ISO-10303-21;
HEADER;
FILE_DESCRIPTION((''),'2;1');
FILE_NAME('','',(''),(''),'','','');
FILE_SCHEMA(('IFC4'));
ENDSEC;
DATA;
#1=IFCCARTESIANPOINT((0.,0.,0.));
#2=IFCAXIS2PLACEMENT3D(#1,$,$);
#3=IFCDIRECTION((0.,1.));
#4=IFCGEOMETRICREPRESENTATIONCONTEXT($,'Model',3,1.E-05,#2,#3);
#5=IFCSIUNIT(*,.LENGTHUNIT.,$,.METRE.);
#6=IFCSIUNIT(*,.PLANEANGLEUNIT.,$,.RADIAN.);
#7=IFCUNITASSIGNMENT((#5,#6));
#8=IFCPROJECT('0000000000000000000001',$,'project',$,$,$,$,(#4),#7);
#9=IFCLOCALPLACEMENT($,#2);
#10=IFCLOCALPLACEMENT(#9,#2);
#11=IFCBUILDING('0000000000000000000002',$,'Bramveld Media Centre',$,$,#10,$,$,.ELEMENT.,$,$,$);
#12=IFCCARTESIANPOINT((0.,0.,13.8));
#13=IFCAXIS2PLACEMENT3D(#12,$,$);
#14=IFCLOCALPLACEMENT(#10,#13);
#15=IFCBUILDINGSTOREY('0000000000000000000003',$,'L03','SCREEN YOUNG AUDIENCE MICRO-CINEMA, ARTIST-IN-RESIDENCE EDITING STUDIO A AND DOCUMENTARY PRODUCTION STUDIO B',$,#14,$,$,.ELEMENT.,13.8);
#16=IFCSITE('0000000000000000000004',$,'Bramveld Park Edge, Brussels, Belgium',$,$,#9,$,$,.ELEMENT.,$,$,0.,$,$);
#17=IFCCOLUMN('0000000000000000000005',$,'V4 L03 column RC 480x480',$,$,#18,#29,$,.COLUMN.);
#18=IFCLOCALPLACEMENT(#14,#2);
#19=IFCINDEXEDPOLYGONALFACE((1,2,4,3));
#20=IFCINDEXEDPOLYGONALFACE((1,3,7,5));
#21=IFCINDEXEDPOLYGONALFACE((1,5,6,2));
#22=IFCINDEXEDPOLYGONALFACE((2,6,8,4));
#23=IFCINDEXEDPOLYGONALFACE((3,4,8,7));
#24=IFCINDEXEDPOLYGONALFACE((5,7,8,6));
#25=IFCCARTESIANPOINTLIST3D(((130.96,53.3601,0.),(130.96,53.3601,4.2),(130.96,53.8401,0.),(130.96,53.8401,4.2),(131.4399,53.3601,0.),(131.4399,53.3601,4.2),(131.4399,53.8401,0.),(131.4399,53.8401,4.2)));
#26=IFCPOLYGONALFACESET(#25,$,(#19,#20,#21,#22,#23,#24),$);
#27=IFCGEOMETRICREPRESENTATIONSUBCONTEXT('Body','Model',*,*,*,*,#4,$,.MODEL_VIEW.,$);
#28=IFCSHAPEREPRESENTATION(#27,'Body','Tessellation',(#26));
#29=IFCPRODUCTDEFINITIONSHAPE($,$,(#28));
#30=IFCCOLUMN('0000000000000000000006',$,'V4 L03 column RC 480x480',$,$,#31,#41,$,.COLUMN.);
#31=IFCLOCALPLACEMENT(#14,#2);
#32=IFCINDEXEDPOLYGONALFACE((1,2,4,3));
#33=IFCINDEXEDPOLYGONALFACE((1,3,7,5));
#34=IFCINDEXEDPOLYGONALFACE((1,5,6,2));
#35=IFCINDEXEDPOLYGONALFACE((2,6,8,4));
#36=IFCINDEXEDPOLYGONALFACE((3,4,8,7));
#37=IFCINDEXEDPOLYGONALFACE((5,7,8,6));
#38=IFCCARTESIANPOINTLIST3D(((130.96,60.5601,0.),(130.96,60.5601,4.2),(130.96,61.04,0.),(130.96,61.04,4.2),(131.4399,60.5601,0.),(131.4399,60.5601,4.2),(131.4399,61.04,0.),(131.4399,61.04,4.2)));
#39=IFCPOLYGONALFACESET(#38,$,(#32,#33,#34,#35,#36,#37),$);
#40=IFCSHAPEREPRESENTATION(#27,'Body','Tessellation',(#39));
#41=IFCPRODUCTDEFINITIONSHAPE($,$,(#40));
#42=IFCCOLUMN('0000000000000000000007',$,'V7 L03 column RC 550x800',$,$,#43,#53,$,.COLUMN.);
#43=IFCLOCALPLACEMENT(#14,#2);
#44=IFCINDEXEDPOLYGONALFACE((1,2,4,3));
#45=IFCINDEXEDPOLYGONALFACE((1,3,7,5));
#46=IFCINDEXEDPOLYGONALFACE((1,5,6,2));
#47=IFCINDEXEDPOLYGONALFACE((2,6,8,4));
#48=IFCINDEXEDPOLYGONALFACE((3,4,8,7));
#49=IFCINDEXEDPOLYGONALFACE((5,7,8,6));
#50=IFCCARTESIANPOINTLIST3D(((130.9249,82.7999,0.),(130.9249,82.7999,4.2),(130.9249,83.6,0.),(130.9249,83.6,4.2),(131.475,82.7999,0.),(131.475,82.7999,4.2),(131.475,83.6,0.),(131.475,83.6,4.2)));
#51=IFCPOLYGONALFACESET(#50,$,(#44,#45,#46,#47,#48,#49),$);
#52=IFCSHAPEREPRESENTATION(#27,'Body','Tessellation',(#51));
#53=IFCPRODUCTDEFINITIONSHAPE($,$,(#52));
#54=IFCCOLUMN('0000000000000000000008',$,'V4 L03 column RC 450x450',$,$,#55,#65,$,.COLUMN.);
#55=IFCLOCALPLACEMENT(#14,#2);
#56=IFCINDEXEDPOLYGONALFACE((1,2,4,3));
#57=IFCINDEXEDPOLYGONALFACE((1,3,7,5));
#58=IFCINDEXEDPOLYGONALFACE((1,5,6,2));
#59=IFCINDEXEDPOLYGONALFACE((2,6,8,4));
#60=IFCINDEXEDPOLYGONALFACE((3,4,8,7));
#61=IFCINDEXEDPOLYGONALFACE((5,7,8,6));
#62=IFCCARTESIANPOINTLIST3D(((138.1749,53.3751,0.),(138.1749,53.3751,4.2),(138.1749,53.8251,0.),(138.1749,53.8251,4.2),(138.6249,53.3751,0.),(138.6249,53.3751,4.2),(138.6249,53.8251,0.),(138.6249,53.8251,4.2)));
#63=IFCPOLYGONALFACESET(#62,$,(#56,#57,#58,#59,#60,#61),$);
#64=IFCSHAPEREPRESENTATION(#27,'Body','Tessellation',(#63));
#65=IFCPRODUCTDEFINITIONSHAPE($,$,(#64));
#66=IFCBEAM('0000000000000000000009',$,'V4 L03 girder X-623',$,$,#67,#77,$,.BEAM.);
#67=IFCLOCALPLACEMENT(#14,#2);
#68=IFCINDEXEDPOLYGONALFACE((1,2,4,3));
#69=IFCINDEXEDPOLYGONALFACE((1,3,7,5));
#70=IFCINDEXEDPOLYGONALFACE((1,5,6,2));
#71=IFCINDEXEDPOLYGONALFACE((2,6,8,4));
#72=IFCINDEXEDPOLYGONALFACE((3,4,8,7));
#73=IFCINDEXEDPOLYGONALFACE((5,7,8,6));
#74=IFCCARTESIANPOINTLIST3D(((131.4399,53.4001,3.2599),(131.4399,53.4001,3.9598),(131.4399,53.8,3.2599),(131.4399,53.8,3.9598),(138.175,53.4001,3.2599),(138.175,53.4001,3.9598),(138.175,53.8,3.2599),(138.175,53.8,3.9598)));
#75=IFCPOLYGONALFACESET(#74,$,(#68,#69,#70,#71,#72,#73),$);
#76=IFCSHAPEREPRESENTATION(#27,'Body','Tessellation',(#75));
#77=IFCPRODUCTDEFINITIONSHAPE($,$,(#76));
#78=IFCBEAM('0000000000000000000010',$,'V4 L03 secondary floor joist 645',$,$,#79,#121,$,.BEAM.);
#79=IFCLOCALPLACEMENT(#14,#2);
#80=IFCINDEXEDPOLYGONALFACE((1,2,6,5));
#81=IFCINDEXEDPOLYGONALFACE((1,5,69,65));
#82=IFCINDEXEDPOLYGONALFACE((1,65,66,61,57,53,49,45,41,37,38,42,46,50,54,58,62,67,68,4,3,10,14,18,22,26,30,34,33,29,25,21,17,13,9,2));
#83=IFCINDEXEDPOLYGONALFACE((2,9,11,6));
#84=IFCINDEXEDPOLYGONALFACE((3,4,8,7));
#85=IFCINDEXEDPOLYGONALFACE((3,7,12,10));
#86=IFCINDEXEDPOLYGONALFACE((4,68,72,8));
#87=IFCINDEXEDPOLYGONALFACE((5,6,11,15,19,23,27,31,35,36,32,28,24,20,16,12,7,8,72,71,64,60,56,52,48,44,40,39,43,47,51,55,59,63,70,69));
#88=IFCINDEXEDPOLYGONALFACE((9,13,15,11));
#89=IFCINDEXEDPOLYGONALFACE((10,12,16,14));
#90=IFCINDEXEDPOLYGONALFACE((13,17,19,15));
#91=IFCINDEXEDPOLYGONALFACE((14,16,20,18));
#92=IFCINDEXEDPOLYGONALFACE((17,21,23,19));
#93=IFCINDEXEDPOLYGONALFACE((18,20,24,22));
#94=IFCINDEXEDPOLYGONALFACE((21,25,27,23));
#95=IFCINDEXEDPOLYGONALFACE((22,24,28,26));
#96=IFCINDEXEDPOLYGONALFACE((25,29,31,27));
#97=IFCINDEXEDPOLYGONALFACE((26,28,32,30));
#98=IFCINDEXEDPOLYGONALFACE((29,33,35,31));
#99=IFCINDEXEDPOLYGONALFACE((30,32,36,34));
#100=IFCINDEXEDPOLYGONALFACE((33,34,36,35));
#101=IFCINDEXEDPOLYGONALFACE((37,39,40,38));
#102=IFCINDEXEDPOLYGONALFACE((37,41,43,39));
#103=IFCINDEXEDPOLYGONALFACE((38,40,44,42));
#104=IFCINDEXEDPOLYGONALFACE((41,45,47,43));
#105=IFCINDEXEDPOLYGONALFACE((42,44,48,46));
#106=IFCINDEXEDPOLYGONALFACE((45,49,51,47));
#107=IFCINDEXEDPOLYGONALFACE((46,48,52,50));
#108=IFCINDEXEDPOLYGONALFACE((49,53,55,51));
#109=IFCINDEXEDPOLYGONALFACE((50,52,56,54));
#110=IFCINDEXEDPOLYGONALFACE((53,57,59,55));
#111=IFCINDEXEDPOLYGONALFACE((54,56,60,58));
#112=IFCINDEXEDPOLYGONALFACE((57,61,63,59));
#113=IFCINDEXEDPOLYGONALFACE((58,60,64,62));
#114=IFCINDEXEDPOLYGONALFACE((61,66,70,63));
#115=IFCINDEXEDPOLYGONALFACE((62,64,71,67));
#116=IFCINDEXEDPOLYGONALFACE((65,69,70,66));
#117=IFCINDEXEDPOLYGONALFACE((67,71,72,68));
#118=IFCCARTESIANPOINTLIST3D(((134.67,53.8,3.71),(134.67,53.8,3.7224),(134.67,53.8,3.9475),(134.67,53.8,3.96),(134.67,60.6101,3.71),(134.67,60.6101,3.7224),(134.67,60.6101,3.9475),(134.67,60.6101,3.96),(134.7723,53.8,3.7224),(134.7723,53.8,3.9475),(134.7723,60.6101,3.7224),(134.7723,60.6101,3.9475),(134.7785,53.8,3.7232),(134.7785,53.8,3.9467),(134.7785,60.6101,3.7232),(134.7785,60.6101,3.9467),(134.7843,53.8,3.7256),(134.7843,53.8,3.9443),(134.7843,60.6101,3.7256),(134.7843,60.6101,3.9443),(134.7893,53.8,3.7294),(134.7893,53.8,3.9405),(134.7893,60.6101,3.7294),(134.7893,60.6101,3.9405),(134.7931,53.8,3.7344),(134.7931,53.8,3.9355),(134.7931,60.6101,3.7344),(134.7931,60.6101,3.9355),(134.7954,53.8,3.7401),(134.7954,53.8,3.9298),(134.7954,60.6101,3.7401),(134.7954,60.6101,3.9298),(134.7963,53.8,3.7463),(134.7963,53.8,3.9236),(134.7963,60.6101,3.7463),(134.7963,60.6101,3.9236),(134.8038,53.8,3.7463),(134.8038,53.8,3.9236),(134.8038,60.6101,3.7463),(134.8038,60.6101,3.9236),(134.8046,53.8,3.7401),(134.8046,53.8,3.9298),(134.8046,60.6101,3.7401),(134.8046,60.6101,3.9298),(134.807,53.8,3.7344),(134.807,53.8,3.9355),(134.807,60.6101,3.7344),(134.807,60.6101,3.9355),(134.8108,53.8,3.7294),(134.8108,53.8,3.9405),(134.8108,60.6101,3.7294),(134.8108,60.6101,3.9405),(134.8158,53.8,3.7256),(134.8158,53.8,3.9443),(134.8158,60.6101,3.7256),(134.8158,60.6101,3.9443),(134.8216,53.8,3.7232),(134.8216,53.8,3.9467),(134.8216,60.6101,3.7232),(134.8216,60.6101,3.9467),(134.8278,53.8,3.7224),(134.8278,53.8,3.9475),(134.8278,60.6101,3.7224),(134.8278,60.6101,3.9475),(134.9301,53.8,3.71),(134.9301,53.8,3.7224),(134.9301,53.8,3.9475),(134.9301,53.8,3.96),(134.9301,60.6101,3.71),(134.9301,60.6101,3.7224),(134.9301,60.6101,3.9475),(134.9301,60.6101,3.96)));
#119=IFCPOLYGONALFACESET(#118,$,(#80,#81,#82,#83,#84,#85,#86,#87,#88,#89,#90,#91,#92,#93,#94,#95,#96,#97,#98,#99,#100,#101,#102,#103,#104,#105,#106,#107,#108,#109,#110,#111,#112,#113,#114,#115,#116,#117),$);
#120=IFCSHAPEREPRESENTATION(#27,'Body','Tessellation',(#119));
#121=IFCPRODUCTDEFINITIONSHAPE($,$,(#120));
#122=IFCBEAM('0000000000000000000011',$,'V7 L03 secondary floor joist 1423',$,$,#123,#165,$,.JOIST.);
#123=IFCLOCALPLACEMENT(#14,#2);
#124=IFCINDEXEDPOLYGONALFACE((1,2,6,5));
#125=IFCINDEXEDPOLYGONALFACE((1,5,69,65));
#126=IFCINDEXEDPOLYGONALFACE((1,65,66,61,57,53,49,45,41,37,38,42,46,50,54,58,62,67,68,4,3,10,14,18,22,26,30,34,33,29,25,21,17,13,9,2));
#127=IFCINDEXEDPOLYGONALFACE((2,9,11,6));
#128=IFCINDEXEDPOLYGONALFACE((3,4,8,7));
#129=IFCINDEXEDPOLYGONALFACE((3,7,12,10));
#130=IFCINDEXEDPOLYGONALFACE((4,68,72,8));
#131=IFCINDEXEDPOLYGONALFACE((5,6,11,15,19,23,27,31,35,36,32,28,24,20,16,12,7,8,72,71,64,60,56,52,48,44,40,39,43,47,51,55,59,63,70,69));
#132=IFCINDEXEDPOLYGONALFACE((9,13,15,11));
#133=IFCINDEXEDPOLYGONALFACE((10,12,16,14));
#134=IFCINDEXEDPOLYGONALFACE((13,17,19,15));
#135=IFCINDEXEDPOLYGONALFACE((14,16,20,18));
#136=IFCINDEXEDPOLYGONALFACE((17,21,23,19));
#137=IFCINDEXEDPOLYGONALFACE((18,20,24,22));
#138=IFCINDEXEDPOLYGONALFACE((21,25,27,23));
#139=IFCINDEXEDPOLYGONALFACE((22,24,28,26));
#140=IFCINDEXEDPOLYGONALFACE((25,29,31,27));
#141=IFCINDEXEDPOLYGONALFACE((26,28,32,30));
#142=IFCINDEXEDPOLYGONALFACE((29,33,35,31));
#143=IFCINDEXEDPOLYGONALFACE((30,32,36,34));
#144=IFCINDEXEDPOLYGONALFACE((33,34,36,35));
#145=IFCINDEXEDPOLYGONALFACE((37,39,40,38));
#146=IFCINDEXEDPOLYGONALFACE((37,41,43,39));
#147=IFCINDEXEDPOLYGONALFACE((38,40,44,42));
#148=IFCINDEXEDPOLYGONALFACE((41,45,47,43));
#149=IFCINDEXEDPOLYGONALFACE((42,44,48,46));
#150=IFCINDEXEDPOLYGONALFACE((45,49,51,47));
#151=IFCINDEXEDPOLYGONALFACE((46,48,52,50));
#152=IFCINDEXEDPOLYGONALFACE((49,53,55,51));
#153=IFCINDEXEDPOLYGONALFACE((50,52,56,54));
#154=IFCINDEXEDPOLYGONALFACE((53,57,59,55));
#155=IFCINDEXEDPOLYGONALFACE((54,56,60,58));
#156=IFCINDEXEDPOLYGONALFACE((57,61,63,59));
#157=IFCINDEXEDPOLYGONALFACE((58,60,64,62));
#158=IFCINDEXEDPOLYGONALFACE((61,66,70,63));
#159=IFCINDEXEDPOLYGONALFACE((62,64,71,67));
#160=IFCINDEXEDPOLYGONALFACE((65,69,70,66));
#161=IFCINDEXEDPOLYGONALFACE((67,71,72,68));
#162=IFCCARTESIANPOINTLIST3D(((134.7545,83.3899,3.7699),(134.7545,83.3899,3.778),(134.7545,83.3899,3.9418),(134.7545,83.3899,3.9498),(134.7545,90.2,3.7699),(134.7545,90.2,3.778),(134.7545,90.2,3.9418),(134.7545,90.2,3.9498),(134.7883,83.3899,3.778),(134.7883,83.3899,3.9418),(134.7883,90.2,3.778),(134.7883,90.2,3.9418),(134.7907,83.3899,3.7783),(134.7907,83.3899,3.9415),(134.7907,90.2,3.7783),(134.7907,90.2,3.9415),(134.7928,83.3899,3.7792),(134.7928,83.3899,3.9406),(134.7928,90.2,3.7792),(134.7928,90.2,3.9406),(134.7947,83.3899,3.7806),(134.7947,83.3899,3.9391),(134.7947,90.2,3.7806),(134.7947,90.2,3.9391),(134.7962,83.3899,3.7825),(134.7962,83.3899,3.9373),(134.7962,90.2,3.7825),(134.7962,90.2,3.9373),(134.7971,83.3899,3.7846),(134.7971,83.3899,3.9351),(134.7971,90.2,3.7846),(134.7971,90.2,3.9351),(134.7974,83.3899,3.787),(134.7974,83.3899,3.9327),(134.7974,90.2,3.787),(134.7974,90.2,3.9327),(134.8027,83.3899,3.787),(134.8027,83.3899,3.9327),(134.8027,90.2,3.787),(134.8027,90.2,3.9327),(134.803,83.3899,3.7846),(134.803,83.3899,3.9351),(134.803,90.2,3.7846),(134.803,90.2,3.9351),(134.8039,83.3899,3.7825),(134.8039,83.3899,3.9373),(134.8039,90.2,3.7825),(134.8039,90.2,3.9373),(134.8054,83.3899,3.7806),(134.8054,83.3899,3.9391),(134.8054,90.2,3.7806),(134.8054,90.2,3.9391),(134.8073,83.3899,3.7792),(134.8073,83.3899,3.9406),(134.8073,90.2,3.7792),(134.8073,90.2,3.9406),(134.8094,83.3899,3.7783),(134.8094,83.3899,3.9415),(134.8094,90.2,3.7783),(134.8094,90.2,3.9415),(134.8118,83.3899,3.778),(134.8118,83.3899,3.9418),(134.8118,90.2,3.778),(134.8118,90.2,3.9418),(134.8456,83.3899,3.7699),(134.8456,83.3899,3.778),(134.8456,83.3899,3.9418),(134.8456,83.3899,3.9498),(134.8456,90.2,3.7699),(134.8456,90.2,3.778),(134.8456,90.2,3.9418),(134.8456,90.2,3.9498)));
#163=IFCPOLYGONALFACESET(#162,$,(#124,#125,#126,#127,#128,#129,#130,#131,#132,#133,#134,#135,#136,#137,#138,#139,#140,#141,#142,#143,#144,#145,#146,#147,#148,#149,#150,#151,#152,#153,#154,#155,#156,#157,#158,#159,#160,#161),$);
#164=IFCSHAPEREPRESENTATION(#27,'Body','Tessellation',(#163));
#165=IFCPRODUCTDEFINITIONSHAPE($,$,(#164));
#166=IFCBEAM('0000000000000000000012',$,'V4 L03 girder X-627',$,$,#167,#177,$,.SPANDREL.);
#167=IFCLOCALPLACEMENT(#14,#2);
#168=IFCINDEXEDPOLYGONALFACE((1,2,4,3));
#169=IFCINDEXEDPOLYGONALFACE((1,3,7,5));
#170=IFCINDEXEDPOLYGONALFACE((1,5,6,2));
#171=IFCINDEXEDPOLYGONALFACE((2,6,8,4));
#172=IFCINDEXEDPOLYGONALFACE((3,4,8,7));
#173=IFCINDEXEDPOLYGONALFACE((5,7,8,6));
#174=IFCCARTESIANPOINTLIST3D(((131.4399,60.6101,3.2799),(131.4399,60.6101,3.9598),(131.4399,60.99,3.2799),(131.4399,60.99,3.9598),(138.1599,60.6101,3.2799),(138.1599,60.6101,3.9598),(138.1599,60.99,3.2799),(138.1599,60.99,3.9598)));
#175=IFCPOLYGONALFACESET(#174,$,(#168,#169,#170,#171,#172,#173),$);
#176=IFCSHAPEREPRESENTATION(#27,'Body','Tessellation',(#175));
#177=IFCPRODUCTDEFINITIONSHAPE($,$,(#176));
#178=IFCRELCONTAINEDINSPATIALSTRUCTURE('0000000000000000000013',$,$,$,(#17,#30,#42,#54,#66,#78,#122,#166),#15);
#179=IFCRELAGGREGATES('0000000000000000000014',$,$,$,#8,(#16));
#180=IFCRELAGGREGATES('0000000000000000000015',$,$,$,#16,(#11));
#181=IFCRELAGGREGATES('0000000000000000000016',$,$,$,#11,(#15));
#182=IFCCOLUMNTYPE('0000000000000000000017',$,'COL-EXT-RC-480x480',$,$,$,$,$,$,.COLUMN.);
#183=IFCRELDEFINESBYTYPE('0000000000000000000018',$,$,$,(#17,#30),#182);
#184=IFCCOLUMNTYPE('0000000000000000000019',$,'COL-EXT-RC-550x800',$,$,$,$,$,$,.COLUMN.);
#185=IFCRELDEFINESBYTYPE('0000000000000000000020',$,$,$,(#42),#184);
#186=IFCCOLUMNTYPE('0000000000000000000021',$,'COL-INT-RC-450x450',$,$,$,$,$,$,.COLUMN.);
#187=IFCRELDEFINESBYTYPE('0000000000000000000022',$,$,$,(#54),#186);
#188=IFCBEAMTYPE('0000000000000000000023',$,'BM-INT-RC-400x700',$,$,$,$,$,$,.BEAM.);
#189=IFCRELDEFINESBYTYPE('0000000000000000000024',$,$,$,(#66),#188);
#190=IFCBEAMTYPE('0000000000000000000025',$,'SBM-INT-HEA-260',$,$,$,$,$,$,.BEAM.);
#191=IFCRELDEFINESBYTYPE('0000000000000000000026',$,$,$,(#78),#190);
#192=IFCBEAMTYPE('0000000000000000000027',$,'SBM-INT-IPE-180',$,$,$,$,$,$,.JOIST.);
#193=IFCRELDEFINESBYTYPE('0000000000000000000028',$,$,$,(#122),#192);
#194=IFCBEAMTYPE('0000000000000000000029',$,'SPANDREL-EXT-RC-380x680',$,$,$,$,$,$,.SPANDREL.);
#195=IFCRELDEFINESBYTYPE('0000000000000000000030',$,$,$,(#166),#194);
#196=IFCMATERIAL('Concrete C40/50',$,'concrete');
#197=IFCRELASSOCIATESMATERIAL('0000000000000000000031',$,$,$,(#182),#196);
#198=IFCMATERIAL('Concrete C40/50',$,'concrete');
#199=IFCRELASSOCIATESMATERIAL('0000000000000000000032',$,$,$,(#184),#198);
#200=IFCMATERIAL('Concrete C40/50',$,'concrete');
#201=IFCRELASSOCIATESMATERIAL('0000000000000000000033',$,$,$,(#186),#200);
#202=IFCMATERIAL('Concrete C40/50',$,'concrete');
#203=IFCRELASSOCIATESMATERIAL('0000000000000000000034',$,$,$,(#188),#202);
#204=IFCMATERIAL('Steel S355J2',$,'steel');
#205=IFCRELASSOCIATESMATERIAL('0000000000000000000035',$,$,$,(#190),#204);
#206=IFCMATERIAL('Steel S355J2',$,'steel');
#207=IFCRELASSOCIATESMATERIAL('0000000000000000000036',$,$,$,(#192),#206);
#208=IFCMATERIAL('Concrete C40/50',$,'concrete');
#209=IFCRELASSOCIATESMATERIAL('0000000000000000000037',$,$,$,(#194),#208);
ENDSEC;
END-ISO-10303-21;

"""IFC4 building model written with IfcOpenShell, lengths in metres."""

from ifc_helpers import new_model, si_unit, direction, frame, origin, origin_2d, place, context, subcontext, project, spatial, rectangle, i_section, extrude, material, material_profile, profile_set, type_object, element, save


model = new_model("IFC4")

# Units and contexts
model_context = context("Model", 3, precision=1e-05, world=origin(), true_north=direction((0.0, 1.0)))
body_context = subcontext(model_context, "Body", "Model", "MODEL_VIEW")
ifc_project = project(units=[si_unit("LENGTHUNIT", "METRE"), si_unit("PLANEANGLEUNIT", "RADIAN")], contexts=[model_context])

# Site, building, storey
site_placement = place(None, origin())
site = spatial("IfcSite", under=ifc_project, at=site_placement, Name="Bramveld Park Edge, Brussels, Belgium", CompositionType="ELEMENT", RefElevation=0.0)
building_placement = place(site_placement, origin())
building = spatial("IfcBuilding", under=site, at=building_placement, Name="Bramveld Media Centre", CompositionType="ELEMENT")
storey_placement = place(building_placement, frame((0.0, 0.0, 13.8)))
storey = spatial("IfcBuildingStorey", under=building, at=storey_placement, Name="L03", Description="SCREEN YOUNG AUDIENCE MICRO-CINEMA, ARTIST-IN-RESIDENCE EDITING STUDIO A AND DOCUMENTARY PRODUCTION STUDIO B", CompositionType="ELEMENT", Elevation=13.8)

# Columns
ifc_material_1 = material(Name="Concrete C40/50", Category="concrete")
ifc_material_profile_1 = material_profile(ifc_material_1, rectangle(XDim=0.48, YDim=0.48, at=origin_2d()), Name="RC 480x480")
ifc_profile_set_1 = profile_set([ifc_material_profile_1], Name="Concrete C40/50")
column_type_1 = type_object("IfcColumnType", Name="COL-EXT-RC-480x480", PredefinedType="COLUMN", material=ifc_profile_set_1)
for number, where, z_axis, x_axis, name in (
    (1, (131.2, 53.6001, 0.0), (0.0, 0.0, 1.0), (1.0, 0.0, 0.0), "V4 L03 column RC 480x480"),
    (2, (131.2, 60.8, 0.0), (0.0, 0.0, 1.0), (1.0, 0.0, 0.0), "V4 L03 column RC 480x480"),
):
    element("IfcColumn", number, at=place(storey_placement, frame(where, z_axis=z_axis, x_axis=x_axis)), inside=storey, type_object=column_type_1, Name=name, PredefinedType="COLUMN", context=body_context, shape_type="SweptSolid", body=[
        extrude(rectangle(XDim=0.48, YDim=0.48, at=origin_2d()), origin(), (0.0, 0.0, 1.0), 4.2),
    ])
ifc_material_2 = material(Name="Concrete C40/50", Category="concrete")
ifc_material_profile_2 = material_profile(ifc_material_2, rectangle(XDim=0.55, YDim=0.8, at=origin_2d()), Name="RC 550x800")
ifc_profile_set_2 = profile_set([ifc_material_profile_2], Name="Concrete C40/50")
column_type_2 = type_object("IfcColumnType", Name="COL-EXT-RC-550x800", PredefinedType="COLUMN", material=ifc_profile_set_2)
column_1_placement = place(storey_placement, frame((131.2, 83.2, 0.0), z_axis=(0.0, 0.0, 1.0), x_axis=(1.0, 0.0, 0.0)))
element("IfcColumn", 3, at=column_1_placement, inside=storey, type_object=column_type_2, Name="V7 L03 column RC 550x800", PredefinedType="COLUMN", context=body_context, shape_type="SweptSolid", body=[
    extrude(rectangle(XDim=0.55, YDim=0.8, at=origin_2d()), origin(), (0.0, 0.0, 1.0), 4.2),
])
ifc_material_3 = material(Name="Concrete C40/50", Category="concrete")
ifc_material_profile_3 = material_profile(ifc_material_3, rectangle(XDim=0.45, YDim=0.45, at=origin_2d()), Name="RC 450x450")
ifc_profile_set_3 = profile_set([ifc_material_profile_3], Name="Concrete C40/50")
column_type_3 = type_object("IfcColumnType", Name="COL-INT-RC-450x450", PredefinedType="COLUMN", material=ifc_profile_set_3)
column_2_placement = place(storey_placement, frame((138.3999, 53.6001, 0.0), z_axis=(0.0, 0.0, 1.0), x_axis=(1.0, 0.0, 0.0)))
element("IfcColumn", 4, at=column_2_placement, inside=storey, type_object=column_type_3, Name="V4 L03 column RC 450x450", PredefinedType="COLUMN", context=body_context, shape_type="SweptSolid", body=[
    extrude(rectangle(XDim=0.45, YDim=0.45, at=origin_2d()), origin(), (0.0, 0.0, 1.0), 4.2),
])

# Beams
ifc_material_4 = material(Name="Concrete C40/50", Category="concrete")
ifc_material_profile_4 = material_profile(ifc_material_4, rectangle(XDim=0.3999, YDim=0.7, at=origin_2d()), Name="RC 400x700")
ifc_profile_set_4 = profile_set([ifc_material_profile_4], Name="Concrete C40/50")
beam_type_1 = type_object("IfcBeamType", Name="BM-INT-RC-400x700", PredefinedType="BEAM", material=ifc_profile_set_4)
beam_1_placement = place(storey_placement, frame((131.4399, 53.6001, 3.6099), z_axis=(1.0, 0.0, 0.0), x_axis=(0.0, 1.0, 0.0)))
element("IfcBeam", 5, at=beam_1_placement, inside=storey, type_object=beam_type_1, Name="V4 L03 girder X-623", PredefinedType="BEAM", context=body_context, shape_type="SweptSolid", body=[
    extrude(rectangle(XDim=0.3999, YDim=0.7, at=origin_2d()), origin(), (0.0, 0.0, 1.0), 6.7351),
])
ifc_material_5 = material(Name="Steel S355J2", Category="steel")
ifc_material_profile_5 = material_profile(ifc_material_5, i_section(OverallWidth=0.26, OverallDepth=0.25, WebThickness=0.0076, FlangeThickness=0.0125, FilletRadius=0.0239, at=origin_2d()), Name="HEA 260")
ifc_profile_set_5 = profile_set([ifc_material_profile_5], Name="Steel S355J2")
beam_type_2 = type_object("IfcBeamType", Name="SBM-INT-HEA-260", PredefinedType="BEAM", material=ifc_profile_set_5)
beam_2_placement = place(storey_placement, frame((134.8, 53.8, 3.835), z_axis=(0.0, 1.0, 0.0), x_axis=(-1.0, 0.0, 0.0)))
element("IfcBeam", 6, at=beam_2_placement, inside=storey, type_object=beam_type_2, Name="V4 L03 secondary floor joist 645", PredefinedType="BEAM", context=body_context, shape_type="SweptSolid", body=[
    extrude(i_section(OverallWidth=0.26, OverallDepth=0.25, WebThickness=0.0076, FlangeThickness=0.0125, FilletRadius=0.0239, at=origin_2d()), origin(), (0.0, 0.0, 1.0), 6.8101),
])
ifc_material_6 = material(Name="Steel S355J2", Category="steel")
ifc_material_profile_6 = material_profile(ifc_material_6, i_section(OverallWidth=0.0911, OverallDepth=0.1799, WebThickness=0.0054, FlangeThickness=0.0081, FilletRadius=0.009, at=origin_2d()), Name="IPE 180")
ifc_profile_set_6 = profile_set([ifc_material_profile_6], Name="Steel S355J2")
beam_type_3 = type_object("IfcBeamType", Name="SBM-INT-IPE-180", PredefinedType="JOIST", material=ifc_profile_set_6)
beam_3_placement = place(storey_placement, frame((134.8, 83.3899, 3.8599), z_axis=(0.0, 1.0, 0.0), x_axis=(-1.0, 0.0, 0.0)))
element("IfcBeam", 7, at=beam_3_placement, inside=storey, type_object=beam_type_3, Name="V7 L03 secondary floor joist 1423", PredefinedType="JOIST", context=body_context, shape_type="SweptSolid", body=[
    extrude(i_section(OverallWidth=0.0911, OverallDepth=0.1799, WebThickness=0.0054, FlangeThickness=0.0081, FilletRadius=0.009, at=origin_2d()), origin(), (0.0, 0.0, 1.0), 6.8101),
])
ifc_material_7 = material(Name="Concrete C40/50", Category="concrete")
ifc_material_profile_7 = material_profile(ifc_material_7, rectangle(XDim=0.3799, YDim=0.6799, at=origin_2d()), Name="RC 380x680")
ifc_profile_set_7 = profile_set([ifc_material_profile_7], Name="Concrete C40/50")
beam_type_4 = type_object("IfcBeamType", Name="SPANDREL-EXT-RC-380x680", PredefinedType="SPANDREL", material=ifc_profile_set_7)
beam_4_placement = place(storey_placement, frame((131.4399, 60.8, 3.6199), z_axis=(1.0, 0.0, 0.0), x_axis=(0.0, 1.0, 0.0)))
element("IfcBeam", 8, at=beam_4_placement, inside=storey, type_object=beam_type_4, Name="V4 L03 girder X-627", PredefinedType="SPANDREL", context=body_context, shape_type="SweptSolid", body=[
    extrude(rectangle(XDim=0.3799, YDim=0.6799, at=origin_2d()), origin(), (0.0, 0.0, 1.0), 6.72),
])

save(model, "model.ifc")
